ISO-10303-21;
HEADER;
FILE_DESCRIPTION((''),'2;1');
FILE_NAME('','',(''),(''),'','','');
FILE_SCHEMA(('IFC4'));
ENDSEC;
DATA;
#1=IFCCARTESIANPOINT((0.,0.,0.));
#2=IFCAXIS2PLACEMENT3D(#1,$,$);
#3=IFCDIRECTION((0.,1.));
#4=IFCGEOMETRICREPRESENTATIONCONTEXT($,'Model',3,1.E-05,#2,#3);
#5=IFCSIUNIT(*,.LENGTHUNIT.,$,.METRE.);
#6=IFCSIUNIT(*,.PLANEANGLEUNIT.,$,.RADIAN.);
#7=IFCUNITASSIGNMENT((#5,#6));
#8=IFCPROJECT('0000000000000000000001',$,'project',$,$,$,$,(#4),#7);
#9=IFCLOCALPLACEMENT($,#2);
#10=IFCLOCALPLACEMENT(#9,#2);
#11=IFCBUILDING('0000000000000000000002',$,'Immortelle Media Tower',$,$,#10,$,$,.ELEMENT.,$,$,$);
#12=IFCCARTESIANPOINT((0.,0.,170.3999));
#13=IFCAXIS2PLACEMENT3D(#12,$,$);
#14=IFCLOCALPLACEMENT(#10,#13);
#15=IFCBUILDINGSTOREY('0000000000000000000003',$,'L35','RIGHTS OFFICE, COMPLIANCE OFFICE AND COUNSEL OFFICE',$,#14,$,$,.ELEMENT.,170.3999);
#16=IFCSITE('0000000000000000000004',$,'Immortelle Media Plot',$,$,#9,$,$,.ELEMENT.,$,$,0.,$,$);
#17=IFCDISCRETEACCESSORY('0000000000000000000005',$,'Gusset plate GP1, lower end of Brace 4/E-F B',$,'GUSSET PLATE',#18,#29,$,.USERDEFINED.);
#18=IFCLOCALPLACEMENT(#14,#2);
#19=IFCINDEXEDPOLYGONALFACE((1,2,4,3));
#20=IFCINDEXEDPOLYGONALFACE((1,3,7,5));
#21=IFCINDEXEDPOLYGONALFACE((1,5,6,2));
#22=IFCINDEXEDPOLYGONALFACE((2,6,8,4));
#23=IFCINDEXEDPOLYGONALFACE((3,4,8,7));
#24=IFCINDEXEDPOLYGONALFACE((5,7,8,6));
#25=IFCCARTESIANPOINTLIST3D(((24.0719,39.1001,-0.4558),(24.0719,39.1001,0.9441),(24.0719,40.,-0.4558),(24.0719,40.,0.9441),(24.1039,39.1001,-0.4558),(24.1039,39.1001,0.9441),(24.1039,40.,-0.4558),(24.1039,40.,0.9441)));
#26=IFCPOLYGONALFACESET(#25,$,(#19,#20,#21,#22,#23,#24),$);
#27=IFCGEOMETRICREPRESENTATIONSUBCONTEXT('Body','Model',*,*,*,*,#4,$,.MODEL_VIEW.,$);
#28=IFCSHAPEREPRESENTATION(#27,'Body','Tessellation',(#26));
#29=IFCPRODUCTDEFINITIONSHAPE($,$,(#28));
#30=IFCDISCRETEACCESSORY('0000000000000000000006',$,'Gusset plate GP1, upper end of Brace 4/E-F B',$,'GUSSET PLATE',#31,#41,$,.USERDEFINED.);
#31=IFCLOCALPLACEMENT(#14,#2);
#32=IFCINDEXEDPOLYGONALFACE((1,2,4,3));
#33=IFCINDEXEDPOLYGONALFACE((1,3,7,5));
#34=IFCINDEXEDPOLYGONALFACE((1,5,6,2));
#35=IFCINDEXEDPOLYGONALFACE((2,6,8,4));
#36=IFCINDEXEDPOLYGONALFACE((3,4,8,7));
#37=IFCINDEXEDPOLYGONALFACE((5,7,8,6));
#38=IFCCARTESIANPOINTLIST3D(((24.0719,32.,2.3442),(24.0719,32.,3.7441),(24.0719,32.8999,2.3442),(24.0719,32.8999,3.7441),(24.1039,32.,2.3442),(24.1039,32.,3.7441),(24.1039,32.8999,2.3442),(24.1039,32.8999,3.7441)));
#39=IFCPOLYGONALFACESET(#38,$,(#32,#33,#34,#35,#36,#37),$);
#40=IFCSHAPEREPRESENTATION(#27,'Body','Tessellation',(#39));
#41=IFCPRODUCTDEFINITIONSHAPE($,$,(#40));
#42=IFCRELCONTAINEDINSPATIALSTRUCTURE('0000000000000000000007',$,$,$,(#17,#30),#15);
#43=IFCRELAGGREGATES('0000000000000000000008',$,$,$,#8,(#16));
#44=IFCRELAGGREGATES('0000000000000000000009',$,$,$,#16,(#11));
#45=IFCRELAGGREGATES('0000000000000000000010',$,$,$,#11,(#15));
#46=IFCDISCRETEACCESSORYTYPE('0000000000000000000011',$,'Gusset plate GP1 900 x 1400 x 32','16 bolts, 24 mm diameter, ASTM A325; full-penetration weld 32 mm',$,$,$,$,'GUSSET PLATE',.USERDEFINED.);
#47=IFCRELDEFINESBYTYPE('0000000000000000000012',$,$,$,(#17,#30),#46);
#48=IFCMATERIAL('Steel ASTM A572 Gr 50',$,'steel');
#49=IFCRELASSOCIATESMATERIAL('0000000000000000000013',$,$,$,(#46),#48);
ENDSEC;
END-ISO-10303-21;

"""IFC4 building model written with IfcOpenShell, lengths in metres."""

from ifc_helpers import new_model, si_unit, direction, frame, origin, origin_2d, place, context, subcontext, project, spatial, rectangle, extrude, material, material_profile, profile_set, type_object, element, save


model = new_model("IFC4")

# Units and contexts
model_context = context("Model", 3, precision=1e-05, world=origin(), true_north=direction((0.0, 1.0)))
body_context = subcontext(model_context, "Body", "Model", "MODEL_VIEW")
ifc_project = project(units=[si_unit("LENGTHUNIT", "METRE"), si_unit("PLANEANGLEUNIT", "RADIAN")], contexts=[model_context])

# Site, building, storey
site_placement = place(None, origin())
site = spatial("IfcSite", under=ifc_project, at=site_placement, Name="Immortelle Media Plot", CompositionType="ELEMENT", RefElevation=0.0)
building_placement = place(site_placement, origin())
building = spatial("IfcBuilding", under=site, at=building_placement, Name="Immortelle Media Tower", CompositionType="ELEMENT")
storey_placement = place(building_placement, frame((0.0, 0.0, 170.3999)))
storey = spatial("IfcBuildingStorey", under=building, at=storey_placement, Name="L35", Description="RIGHTS OFFICE, COMPLIANCE OFFICE AND COUNSEL OFFICE", CompositionType="ELEMENT", Elevation=170.3999)

# Discrete accessories
ifc_material_1 = material(Name="Steel ASTM A572 Gr 50", Category="steel")
ifc_material_profile_1 = material_profile(ifc_material_1, rectangle(XDim=0.032, YDim=1.3999, at=origin_2d()), Name="PL 32 x 1400")
ifc_profile_set_1 = profile_set([ifc_material_profile_1], Name="Steel ASTM A572 Gr 50")
discrete_accessory_type_1 = type_object("IfcDiscreteAccessoryType", Name="Gusset plate GP1 900 x 1400 x 32", Description="16 bolts, 24 mm diameter, ASTM A325; full-penetration weld 32 mm", ElementType="GUSSET PLATE", PredefinedType="USERDEFINED", material=ifc_profile_set_1)
for number, where, z_axis, x_axis, name in (
    (1, (24.0879, 40.0, 0.2441), (0.0, -1.0, 0.0), (1.0, 0.0, 0.0), "Gusset plate GP1, lower end of Brace 4/E-F B"),
    (2, (24.0879, 32.0, 3.0442), (0.0, 1.0, 0.0), (-1.0, 0.0, 0.0), "Gusset plate GP1, upper end of Brace 4/E-F B"),
):
    element("IfcDiscreteAccessory", number, at=place(storey_placement, frame(where, z_axis=z_axis, x_axis=x_axis)), inside=storey, type_object=discrete_accessory_type_1, Name=name, ObjectType="GUSSET PLATE", PredefinedType="USERDEFINED", context=body_context, shape_type="SweptSolid", body=[
        extrude(rectangle(XDim=0.032, YDim=1.3999, at=origin_2d()), origin(), (0.0, 0.0, 1.0), 0.8999),
    ])

save(model, "model.ifc")
